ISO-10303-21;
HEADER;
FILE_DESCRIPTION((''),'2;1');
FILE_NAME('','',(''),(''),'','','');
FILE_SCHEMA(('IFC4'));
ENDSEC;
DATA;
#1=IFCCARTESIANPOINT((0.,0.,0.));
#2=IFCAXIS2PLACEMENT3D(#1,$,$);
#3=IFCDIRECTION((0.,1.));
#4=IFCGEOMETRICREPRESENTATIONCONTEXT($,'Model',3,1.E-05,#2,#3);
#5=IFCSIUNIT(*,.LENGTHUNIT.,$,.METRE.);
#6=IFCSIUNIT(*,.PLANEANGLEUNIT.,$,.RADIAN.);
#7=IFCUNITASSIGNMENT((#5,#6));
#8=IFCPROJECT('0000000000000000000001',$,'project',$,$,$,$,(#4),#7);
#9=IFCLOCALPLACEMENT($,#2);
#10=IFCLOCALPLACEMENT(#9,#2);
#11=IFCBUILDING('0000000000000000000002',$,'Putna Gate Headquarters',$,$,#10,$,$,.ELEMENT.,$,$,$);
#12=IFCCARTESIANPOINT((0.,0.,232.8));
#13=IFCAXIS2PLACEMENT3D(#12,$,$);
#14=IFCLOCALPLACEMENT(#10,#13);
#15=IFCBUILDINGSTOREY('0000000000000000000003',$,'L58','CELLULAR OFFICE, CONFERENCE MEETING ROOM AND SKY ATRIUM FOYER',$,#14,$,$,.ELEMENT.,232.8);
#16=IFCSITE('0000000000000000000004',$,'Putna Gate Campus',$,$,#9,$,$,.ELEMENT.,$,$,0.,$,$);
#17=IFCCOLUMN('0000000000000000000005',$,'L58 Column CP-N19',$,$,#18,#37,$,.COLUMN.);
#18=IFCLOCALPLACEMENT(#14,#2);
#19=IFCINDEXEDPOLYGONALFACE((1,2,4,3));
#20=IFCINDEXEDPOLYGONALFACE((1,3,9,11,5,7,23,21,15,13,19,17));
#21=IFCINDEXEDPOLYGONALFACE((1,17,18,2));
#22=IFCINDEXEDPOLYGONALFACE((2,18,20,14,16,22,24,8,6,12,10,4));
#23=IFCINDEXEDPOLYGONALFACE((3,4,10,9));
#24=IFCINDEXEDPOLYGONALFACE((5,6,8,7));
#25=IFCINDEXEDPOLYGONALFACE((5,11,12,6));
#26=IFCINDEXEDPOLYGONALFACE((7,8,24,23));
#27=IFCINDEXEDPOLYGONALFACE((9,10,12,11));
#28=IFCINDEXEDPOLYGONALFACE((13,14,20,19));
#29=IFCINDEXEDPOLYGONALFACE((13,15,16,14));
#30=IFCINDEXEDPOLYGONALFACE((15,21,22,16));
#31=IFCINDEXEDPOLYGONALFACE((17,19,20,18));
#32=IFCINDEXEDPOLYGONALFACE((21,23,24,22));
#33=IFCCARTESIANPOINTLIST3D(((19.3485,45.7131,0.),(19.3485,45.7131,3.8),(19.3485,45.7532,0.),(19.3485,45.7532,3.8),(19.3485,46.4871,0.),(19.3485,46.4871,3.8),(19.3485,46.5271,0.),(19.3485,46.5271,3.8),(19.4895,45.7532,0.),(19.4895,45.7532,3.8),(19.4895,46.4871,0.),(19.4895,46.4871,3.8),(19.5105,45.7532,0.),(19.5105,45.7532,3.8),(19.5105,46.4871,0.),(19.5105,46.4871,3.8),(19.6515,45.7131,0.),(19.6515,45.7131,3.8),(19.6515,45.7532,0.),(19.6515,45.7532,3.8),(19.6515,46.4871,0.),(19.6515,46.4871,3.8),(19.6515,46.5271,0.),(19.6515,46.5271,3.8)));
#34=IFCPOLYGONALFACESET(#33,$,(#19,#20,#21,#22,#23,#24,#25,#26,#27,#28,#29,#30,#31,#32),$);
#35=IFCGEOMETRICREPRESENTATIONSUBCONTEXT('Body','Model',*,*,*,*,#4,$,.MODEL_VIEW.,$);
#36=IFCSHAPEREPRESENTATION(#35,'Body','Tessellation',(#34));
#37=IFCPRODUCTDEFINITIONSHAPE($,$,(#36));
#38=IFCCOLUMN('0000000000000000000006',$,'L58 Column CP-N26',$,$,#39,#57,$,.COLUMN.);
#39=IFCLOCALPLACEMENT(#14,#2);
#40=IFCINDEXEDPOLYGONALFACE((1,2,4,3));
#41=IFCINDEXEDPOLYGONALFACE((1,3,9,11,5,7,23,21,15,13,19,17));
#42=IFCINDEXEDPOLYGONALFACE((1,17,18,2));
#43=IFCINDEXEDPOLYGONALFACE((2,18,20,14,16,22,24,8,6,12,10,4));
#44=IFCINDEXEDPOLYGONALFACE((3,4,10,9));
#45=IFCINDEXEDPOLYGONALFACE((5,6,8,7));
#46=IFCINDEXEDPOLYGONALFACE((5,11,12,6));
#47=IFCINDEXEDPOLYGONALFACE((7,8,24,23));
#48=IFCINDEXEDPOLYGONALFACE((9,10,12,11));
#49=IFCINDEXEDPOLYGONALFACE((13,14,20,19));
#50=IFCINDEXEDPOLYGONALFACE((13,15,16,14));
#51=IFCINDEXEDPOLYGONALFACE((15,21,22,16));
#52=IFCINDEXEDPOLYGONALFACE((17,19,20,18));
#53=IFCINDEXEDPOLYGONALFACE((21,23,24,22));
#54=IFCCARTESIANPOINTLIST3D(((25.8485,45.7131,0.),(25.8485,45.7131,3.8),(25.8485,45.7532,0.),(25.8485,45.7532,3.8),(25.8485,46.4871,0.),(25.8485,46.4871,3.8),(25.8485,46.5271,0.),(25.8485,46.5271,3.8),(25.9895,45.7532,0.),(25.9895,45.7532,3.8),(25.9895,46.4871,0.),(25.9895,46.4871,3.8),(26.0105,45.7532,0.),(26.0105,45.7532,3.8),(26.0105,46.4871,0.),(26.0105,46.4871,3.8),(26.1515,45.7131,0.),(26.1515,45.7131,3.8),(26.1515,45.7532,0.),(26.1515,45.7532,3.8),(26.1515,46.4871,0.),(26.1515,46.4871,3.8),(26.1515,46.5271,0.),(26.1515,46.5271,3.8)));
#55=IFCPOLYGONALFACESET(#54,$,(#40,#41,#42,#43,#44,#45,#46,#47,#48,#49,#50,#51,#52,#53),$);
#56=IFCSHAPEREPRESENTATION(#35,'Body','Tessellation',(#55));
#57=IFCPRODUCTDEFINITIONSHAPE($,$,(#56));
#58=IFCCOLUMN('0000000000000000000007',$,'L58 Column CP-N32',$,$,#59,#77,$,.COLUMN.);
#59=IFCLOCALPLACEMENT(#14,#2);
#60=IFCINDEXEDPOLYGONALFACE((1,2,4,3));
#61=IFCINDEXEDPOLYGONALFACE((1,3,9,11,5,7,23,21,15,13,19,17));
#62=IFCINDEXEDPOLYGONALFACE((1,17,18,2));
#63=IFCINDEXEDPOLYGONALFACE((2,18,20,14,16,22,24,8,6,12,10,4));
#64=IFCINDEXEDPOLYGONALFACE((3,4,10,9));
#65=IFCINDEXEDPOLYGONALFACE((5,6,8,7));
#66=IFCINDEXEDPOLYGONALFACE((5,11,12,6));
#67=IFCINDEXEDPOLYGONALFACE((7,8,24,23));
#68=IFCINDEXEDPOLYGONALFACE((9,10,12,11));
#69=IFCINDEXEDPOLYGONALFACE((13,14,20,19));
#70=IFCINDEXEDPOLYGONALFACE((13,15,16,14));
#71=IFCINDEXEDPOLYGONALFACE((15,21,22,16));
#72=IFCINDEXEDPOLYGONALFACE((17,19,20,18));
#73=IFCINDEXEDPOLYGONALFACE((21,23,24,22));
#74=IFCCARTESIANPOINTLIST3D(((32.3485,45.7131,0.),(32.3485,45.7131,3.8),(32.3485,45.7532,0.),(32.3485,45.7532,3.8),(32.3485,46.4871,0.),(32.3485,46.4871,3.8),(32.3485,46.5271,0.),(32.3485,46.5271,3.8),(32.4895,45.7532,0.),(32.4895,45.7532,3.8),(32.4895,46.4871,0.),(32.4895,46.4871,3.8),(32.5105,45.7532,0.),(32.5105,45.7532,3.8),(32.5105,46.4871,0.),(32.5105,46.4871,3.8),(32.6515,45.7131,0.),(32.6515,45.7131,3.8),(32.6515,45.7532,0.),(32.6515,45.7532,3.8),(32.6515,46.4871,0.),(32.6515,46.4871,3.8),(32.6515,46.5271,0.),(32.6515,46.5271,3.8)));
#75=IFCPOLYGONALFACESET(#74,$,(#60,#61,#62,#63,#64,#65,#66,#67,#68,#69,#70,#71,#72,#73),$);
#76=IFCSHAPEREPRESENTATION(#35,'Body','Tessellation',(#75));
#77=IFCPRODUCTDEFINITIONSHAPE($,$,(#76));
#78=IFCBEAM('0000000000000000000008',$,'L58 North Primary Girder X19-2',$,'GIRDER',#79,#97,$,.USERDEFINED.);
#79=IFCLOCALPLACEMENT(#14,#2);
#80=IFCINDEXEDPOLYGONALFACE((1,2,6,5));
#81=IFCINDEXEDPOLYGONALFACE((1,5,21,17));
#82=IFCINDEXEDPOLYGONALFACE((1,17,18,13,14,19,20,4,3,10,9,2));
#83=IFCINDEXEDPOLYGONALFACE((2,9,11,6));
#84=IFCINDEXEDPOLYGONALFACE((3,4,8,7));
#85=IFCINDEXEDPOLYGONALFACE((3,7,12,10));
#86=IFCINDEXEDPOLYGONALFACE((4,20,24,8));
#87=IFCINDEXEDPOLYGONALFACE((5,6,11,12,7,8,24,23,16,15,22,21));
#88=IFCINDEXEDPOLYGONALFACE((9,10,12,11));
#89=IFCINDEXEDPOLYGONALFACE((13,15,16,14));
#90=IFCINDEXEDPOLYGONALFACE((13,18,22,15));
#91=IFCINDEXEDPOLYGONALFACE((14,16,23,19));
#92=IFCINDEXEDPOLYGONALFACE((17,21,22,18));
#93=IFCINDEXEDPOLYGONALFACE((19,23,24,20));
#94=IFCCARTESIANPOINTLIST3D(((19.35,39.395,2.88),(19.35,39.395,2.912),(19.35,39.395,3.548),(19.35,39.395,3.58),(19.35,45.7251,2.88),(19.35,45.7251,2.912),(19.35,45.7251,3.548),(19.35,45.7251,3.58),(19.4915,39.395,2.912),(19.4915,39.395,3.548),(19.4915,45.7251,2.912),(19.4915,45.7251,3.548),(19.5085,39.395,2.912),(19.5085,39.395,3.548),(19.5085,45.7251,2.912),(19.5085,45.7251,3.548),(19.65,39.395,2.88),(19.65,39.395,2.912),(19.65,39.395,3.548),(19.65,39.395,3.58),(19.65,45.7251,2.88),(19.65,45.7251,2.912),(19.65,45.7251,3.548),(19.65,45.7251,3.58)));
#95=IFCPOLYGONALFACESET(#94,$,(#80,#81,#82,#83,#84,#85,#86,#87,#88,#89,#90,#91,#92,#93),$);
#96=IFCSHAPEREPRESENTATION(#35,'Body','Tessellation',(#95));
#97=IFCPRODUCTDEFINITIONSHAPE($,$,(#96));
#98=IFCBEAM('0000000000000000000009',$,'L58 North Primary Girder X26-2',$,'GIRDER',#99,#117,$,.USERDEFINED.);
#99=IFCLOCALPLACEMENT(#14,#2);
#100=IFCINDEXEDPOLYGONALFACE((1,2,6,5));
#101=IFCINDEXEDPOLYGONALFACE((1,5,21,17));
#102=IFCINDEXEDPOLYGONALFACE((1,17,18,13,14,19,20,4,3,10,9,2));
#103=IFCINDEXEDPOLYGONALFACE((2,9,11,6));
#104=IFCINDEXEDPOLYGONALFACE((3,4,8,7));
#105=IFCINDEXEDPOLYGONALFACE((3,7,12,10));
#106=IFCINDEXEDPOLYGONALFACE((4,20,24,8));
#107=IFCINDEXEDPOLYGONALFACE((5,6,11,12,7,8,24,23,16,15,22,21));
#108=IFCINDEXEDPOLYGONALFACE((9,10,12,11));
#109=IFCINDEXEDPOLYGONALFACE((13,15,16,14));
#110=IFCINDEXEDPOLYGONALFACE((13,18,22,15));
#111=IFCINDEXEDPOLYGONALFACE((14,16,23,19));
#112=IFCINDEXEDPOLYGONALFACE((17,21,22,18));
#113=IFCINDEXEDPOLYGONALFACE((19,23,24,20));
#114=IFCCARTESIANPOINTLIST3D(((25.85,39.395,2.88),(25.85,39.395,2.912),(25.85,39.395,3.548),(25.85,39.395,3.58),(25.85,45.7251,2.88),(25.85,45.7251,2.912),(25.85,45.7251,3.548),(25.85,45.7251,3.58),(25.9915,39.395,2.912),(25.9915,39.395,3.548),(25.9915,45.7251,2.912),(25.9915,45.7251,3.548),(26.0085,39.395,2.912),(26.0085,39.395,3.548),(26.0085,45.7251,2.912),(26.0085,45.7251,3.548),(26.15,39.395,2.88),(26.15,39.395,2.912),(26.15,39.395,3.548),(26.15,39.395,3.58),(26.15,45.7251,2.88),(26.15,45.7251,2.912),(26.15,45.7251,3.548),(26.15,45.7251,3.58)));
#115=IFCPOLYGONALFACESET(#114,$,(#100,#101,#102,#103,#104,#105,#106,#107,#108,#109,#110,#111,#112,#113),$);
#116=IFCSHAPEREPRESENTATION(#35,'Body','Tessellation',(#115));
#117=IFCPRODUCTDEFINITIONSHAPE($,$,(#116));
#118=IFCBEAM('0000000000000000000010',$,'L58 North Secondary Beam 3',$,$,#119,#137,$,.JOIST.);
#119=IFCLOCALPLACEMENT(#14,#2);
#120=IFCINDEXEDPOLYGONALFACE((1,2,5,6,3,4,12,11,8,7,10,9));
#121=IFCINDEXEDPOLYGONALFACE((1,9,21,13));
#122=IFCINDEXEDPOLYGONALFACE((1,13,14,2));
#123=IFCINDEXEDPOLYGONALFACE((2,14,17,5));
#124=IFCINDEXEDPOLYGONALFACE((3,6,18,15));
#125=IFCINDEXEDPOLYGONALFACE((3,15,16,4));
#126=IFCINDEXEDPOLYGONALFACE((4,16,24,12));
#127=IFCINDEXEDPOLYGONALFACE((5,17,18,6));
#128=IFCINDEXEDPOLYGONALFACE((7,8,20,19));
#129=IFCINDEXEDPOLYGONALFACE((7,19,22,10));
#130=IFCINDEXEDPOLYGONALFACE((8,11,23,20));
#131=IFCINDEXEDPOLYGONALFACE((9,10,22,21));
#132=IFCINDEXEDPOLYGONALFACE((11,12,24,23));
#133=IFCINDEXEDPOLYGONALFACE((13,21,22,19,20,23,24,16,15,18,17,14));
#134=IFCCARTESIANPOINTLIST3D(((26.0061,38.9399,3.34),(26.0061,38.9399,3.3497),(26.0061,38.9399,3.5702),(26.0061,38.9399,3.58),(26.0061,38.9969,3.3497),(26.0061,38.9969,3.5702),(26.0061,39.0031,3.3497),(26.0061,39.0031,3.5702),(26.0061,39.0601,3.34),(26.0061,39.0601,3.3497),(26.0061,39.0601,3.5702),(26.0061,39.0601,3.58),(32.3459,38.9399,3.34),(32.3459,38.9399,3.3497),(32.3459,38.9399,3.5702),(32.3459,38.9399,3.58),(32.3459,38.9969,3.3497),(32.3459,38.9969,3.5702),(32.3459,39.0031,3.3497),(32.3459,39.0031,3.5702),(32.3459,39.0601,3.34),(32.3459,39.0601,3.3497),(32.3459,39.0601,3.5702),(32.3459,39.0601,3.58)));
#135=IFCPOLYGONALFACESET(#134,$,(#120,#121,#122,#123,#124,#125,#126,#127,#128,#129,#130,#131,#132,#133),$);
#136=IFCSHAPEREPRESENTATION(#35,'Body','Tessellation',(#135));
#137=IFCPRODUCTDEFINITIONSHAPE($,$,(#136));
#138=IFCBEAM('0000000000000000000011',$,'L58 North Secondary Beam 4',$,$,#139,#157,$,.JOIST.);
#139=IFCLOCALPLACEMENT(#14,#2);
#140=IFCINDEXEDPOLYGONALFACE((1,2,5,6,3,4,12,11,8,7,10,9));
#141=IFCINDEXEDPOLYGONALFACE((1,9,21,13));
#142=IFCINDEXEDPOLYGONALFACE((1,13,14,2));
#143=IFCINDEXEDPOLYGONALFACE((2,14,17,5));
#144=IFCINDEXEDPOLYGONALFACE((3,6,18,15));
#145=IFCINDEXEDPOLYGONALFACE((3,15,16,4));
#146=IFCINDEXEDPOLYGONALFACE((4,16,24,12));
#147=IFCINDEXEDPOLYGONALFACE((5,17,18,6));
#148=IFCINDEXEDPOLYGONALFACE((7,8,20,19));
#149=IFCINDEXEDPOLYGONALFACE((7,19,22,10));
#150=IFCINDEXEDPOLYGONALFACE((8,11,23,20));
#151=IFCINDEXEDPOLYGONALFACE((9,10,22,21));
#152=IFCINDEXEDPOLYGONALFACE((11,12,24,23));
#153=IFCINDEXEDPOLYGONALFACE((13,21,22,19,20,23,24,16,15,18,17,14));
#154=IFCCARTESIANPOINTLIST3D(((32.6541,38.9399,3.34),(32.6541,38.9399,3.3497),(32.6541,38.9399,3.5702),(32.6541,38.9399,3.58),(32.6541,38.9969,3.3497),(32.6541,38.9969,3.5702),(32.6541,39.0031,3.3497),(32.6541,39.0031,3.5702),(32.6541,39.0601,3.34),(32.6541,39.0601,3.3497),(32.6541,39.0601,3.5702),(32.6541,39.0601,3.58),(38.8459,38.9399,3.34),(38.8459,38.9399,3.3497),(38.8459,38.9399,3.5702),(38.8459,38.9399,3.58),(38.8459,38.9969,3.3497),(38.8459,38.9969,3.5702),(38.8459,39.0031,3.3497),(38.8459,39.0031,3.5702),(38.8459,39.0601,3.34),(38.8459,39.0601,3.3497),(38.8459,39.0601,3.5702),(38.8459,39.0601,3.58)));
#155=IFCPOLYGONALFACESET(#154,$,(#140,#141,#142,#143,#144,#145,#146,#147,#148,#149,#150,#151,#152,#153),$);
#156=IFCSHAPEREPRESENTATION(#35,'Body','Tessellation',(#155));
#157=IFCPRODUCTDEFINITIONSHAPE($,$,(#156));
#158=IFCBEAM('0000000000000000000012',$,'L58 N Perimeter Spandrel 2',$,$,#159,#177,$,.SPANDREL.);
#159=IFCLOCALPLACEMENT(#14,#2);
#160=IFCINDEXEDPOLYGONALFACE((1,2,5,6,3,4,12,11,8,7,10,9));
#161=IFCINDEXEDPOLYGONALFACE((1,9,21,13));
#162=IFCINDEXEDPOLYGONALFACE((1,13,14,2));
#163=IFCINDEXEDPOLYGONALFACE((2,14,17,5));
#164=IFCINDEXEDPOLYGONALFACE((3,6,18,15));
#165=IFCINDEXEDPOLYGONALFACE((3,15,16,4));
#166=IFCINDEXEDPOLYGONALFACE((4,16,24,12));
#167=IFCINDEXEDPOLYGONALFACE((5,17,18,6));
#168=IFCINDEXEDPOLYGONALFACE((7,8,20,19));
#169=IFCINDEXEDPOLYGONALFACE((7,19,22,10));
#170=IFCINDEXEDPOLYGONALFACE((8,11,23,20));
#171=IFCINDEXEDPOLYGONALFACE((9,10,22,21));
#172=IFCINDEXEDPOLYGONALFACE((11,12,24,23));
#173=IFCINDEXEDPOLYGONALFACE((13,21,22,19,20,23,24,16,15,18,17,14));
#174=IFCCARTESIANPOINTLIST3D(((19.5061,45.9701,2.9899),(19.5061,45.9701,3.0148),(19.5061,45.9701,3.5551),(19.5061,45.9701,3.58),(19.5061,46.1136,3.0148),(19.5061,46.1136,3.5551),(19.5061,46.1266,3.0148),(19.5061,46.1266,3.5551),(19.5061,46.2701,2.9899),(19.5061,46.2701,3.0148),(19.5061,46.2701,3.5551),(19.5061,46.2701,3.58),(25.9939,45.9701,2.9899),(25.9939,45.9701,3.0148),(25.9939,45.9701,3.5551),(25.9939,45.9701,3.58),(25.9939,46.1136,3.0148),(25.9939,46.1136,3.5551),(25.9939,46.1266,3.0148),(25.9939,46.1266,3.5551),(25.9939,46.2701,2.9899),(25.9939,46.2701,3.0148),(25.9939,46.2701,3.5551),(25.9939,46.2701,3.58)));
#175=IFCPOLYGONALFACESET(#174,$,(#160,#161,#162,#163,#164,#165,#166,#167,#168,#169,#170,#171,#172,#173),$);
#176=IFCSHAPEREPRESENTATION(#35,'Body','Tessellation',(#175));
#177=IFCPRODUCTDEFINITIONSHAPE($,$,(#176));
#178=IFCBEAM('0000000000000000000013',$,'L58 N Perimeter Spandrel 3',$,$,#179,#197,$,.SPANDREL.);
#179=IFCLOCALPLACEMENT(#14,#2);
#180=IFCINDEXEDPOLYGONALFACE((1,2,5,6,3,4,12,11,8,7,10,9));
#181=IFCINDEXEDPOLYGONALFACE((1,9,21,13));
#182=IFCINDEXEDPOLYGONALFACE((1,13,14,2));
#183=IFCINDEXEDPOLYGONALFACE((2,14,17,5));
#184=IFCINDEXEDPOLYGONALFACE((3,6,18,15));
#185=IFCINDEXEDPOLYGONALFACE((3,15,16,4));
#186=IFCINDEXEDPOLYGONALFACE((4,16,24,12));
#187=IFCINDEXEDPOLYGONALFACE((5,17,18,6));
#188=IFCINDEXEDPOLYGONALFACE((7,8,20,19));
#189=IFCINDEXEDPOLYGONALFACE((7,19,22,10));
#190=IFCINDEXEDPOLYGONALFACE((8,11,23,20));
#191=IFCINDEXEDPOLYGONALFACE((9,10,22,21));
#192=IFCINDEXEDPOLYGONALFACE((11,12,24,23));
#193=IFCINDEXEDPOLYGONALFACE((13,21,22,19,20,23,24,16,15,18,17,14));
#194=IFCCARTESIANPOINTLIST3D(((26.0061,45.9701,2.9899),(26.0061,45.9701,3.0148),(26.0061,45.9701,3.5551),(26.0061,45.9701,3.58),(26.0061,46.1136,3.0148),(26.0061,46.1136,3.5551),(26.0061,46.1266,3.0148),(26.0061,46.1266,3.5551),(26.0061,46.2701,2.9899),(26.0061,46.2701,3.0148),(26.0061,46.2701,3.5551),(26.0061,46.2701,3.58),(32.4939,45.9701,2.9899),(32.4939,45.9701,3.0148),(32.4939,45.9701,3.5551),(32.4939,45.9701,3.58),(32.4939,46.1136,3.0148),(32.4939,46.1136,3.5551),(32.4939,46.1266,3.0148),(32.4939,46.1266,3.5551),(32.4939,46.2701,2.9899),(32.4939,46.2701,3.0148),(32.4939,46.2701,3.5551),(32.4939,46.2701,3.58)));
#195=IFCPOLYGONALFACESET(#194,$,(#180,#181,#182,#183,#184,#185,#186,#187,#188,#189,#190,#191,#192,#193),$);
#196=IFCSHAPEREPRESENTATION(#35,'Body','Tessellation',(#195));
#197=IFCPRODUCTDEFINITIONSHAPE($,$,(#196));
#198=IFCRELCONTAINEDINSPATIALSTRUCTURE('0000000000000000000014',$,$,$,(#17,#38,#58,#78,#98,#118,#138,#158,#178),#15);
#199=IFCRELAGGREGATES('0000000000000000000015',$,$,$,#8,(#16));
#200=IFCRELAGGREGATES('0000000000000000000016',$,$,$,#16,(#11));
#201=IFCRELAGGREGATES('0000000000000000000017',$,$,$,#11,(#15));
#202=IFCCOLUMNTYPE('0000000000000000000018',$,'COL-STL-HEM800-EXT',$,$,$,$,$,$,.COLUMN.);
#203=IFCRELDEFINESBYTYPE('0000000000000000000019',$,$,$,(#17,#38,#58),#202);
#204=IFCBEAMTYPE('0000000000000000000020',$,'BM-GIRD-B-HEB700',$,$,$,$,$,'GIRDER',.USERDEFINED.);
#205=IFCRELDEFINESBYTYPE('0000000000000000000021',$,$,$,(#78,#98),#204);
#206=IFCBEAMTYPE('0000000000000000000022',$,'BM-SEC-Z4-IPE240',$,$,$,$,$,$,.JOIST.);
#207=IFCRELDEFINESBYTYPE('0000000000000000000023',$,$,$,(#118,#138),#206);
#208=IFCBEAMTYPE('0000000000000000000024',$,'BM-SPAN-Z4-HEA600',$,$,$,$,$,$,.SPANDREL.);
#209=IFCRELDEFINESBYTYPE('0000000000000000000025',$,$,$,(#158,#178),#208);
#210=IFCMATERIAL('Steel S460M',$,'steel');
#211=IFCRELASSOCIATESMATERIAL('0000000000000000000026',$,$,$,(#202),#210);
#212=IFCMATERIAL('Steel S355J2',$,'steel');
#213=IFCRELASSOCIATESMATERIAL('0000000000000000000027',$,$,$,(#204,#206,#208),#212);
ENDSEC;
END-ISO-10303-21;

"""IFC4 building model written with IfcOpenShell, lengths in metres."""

from ifc_helpers import new_model, si_unit, direction, frame, origin, origin_2d, place, context, subcontext, project, spatial, i_section, extrude, material, material_profile, profile_set, type_object, element, save


model = new_model("IFC4")

# Units and contexts
model_context = context("Model", 3, precision=1e-05, world=origin(), true_north=direction((0.0, 1.0)))
body_context = subcontext(model_context, "Body", "Model", "MODEL_VIEW")
ifc_project = project(units=[si_unit("LENGTHUNIT", "METRE"), si_unit("PLANEANGLEUNIT", "RADIAN")], contexts=[model_context])

# Site, building, storey
site_placement = place(None, origin())
site = spatial("IfcSite", under=ifc_project, at=site_placement, Name="Putna Gate Campus", CompositionType="ELEMENT", RefElevation=0.0)
building_placement = place(site_placement, origin())
building = spatial("IfcBuilding", under=site, at=building_placement, Name="Putna Gate Headquarters", CompositionType="ELEMENT")
storey_placement = place(building_placement, frame((0.0, 0.0, 232.8)))
storey = spatial("IfcBuildingStorey", under=building, at=storey_placement, Name="L58", Description="CELLULAR OFFICE, CONFERENCE MEETING ROOM AND SKY ATRIUM FOYER", CompositionType="ELEMENT", Elevation=232.8)

# Columns
ifc_material_1 = material(Name="Steel S460M", Category="steel")
ifc_material_profile_1 = material_profile(ifc_material_1, i_section(OverallWidth=0.303, OverallDepth=0.814, WebThickness=0.021, FlangeThickness=0.04, at=origin_2d()), Name="Steel S460M")
ifc_profile_set_1 = profile_set([ifc_material_profile_1], Name="Steel S460M")
column_type = type_object("IfcColumnType", Name="COL-STL-HEM800-EXT", PredefinedType="COLUMN", material=ifc_profile_set_1)
for number, where, z_axis, x_axis, name in (
    (1, (19.5, 46.1201, 0.0), (0.0, 0.0, 1.0), (1.0, 0.0, 0.0), "L58 Column CP-N19"),
    (2, (26.0, 46.1201, 0.0), (0.0, 0.0, 1.0), (1.0, 0.0, 0.0), "L58 Column CP-N26"),
    (3, (32.5, 46.1201, 0.0), (0.0, 0.0, 1.0), (1.0, 0.0, 0.0), "L58 Column CP-N32"),
):
    element("IfcColumn", number, at=place(storey_placement, frame(where, z_axis=z_axis, x_axis=x_axis)), inside=storey, type_object=column_type, Name=name, PredefinedType="COLUMN", context=body_context, shape_type="SweptSolid", body=[
        extrude(i_section(OverallWidth=0.303, OverallDepth=0.814, WebThickness=0.021, FlangeThickness=0.04, at=origin_2d()), origin(), (0.0, 0.0, 1.0), 3.8),
    ])

# Beams
ifc_material_2 = material(Name="Steel S355J2", Category="steel")
ifc_material_profile_2 = material_profile(ifc_material_2, i_section(OverallWidth=0.3, OverallDepth=0.7, WebThickness=0.0171, FlangeThickness=0.032, at=origin_2d()), Name="Steel S355J2")
ifc_profile_set_2 = profile_set([ifc_material_profile_2], Name="Steel S355J2")
beam_type_1 = type_object("IfcBeamType", Name="BM-GIRD-B-HEB700", ElementType="GIRDER", PredefinedType="USERDEFINED", material=ifc_profile_set_2)
for number, where, z_axis, x_axis, name in (
    (4, (19.5, 39.395, 3.23), (0.0, 1.0, 0.0), (-1.0, 0.0, 0.0), "L58 North Primary Girder X19-2"),
    (5, (26.0, 39.395, 3.23), (0.0, 1.0, 0.0), (-1.0, 0.0, 0.0), "L58 North Primary Girder X26-2"),
):
    element("IfcBeam", number, at=place(storey_placement, frame(where, z_axis=z_axis, x_axis=x_axis)), inside=storey, type_object=beam_type_1, Name=name, ObjectType="GIRDER", PredefinedType="USERDEFINED", context=body_context, shape_type="SweptSolid", body=[
        extrude(i_section(OverallWidth=0.3, OverallDepth=0.7, WebThickness=0.0171, FlangeThickness=0.032, at=origin_2d()), origin(), (0.0, 0.0, 1.0), 6.3301),
    ])
ifc_material_profile_3 = material_profile(ifc_material_2, i_section(OverallWidth=0.1201, OverallDepth=0.24, WebThickness=0.0061, FlangeThickness=0.0098, at=origin_2d()), Name="Steel S355J2")
ifc_profile_set_3 = profile_set([ifc_material_profile_3], Name="Steel S355J2")
beam_type_2 = type_object("IfcBeamType", Name="BM-SEC-Z4-IPE240", PredefinedType="JOIST", material=ifc_profile_set_3)
beam_1_placement = place(storey_placement, frame((26.0061, 39.0, 3.46), z_axis=(1.0, 0.0, 0.0), x_axis=(0.0, 1.0, 0.0)))
element("IfcBeam", 6, at=beam_1_placement, inside=storey, type_object=beam_type_2, Name="L58 North Secondary Beam 3", PredefinedType="JOIST", context=body_context, shape_type="SweptSolid", body=[
    extrude(i_section(OverallWidth=0.1201, OverallDepth=0.24, WebThickness=0.0061, FlangeThickness=0.0098, at=origin_2d()), origin(), (0.0, 0.0, 1.0), 6.3398),
])
beam_2_placement = place(storey_placement, frame((32.6541, 39.0, 3.46), z_axis=(1.0, 0.0, 0.0), x_axis=(0.0, 1.0, 0.0)))
element("IfcBeam", 7, at=beam_2_placement, inside=storey, type_object=beam_type_2, Name="L58 North Secondary Beam 4", PredefinedType="JOIST", context=body_context, shape_type="SweptSolid", body=[
    extrude(i_section(OverallWidth=0.1201, OverallDepth=0.24, WebThickness=0.0061, FlangeThickness=0.0098, at=origin_2d()), origin(), (0.0, 0.0, 1.0), 6.1919),
])
ifc_material_profile_4 = material_profile(ifc_material_2, i_section(OverallWidth=0.3, OverallDepth=0.5901, WebThickness=0.0129, FlangeThickness=0.0249, at=origin_2d()), Name="Steel S355J2")
ifc_profile_set_4 = profile_set([ifc_material_profile_4], Name="Steel S355J2")
beam_type_3 = type_object("IfcBeamType", Name="BM-SPAN-Z4-HEA600", PredefinedType="SPANDREL", material=ifc_profile_set_4)
for number, where, z_axis, x_axis, name in (
    (8, (19.5061, 46.1201, 3.2849), (1.0, 0.0, 0.0), (0.0, 1.0, 0.0), "L58 N Perimeter Spandrel 2"),
    (9, (26.0061, 46.1201, 3.2849), (1.0, 0.0, 0.0), (0.0, 1.0, 0.0), "L58 N Perimeter Spandrel 3"),
):
    element("IfcBeam", number, at=place(storey_placement, frame(where, z_axis=z_axis, x_axis=x_axis)), inside=storey, type_object=beam_type_3, Name=name, PredefinedType="SPANDREL", context=body_context, shape_type="SweptSolid", body=[
        extrude(i_section(OverallWidth=0.3, OverallDepth=0.5901, WebThickness=0.0129, FlangeThickness=0.0249, at=origin_2d()), origin(), (0.0, 0.0, 1.0), 6.4878),
    ])

save(model, "model.ifc")
